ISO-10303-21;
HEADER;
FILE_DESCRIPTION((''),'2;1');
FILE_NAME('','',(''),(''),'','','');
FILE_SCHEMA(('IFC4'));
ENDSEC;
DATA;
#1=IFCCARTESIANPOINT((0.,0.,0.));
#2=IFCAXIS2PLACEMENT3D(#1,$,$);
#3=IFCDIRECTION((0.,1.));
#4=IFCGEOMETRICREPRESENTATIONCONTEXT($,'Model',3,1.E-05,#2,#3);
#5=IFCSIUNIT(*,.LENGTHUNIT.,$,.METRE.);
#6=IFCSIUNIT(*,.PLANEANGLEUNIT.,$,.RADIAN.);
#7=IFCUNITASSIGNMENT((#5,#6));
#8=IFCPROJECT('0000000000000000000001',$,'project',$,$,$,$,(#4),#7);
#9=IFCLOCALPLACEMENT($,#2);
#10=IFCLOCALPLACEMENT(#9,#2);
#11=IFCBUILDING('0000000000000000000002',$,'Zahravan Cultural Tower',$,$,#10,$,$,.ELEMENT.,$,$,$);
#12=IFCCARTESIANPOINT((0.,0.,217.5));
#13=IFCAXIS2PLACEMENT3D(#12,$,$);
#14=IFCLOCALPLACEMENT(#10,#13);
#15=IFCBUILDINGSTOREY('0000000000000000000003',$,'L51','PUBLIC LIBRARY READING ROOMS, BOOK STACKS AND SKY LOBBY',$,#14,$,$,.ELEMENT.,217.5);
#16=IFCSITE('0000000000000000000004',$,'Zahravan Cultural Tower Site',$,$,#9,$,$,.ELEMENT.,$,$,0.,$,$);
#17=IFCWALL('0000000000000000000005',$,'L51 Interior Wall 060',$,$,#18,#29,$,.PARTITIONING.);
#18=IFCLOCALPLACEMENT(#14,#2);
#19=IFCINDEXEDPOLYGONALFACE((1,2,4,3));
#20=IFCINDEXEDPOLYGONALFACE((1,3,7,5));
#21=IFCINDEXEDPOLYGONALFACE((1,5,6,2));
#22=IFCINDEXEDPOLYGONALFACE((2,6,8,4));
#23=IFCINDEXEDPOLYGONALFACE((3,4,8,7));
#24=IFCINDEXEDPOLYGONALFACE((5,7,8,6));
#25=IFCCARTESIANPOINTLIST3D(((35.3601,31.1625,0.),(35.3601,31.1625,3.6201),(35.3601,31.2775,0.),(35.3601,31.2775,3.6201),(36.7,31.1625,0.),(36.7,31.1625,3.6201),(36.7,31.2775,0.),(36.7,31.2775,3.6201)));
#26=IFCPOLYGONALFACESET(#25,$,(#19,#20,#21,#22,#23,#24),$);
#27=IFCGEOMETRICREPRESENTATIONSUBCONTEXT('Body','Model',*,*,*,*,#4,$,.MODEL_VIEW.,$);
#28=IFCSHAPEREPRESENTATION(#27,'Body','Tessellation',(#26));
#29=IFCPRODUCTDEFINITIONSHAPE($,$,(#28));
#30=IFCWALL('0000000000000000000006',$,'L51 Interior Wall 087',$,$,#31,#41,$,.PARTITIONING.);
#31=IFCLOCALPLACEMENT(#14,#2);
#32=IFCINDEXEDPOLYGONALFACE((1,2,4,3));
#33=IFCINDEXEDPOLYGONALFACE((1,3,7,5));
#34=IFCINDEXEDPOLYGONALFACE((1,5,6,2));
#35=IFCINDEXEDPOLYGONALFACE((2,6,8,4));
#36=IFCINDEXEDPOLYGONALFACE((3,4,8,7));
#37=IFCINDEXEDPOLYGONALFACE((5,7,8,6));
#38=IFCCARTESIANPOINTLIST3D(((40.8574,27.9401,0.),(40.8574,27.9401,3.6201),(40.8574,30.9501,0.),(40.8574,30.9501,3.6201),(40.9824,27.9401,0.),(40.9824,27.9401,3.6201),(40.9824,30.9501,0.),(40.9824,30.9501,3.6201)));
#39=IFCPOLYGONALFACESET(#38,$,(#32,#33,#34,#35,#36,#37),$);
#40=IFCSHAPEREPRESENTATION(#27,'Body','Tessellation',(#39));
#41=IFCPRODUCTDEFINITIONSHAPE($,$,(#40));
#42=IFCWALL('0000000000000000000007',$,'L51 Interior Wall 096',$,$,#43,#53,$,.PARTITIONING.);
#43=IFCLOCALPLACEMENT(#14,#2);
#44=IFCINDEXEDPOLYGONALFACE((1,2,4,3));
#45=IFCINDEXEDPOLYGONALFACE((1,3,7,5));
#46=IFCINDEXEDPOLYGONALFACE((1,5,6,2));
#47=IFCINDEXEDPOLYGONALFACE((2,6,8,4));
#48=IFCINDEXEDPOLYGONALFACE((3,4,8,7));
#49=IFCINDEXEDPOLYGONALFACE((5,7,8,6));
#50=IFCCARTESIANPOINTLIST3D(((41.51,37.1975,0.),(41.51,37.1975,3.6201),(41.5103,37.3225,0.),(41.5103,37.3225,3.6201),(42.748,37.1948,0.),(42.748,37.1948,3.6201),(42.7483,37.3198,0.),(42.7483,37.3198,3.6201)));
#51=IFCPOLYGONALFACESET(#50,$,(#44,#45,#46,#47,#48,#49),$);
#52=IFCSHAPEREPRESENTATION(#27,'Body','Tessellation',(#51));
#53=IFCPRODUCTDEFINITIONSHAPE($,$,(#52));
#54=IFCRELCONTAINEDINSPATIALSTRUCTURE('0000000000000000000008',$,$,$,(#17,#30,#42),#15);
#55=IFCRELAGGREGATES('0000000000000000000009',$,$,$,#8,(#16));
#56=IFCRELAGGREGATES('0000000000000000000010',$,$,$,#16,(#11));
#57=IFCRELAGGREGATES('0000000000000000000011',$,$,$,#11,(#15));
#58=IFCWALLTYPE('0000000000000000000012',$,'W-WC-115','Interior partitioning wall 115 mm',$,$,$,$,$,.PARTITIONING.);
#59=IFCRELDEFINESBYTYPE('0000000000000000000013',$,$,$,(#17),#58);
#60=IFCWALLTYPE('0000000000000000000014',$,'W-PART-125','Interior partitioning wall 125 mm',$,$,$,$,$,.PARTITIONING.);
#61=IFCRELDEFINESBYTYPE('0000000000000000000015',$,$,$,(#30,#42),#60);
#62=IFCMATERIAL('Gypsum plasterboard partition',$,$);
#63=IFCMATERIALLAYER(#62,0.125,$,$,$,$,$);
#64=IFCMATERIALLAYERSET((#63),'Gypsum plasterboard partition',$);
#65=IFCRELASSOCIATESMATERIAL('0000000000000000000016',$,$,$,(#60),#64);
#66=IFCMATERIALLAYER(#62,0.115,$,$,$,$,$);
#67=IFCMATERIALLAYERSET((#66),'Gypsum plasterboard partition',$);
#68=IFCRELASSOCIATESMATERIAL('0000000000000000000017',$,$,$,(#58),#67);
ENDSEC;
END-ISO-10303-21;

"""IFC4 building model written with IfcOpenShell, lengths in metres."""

from ifc_helpers import new_model, si_unit, direction, frame, frame_2d, origin, place, context, subcontext, project, spatial, rectangle, extrude, source, transform, mapped, material, layer, layer_set, type_object, element, save


model = new_model("IFC4")

# Units and contexts
model_context = context("Model", 3, precision=1e-05, world=origin(), true_north=direction((0.0, 1.0)))
body_context = subcontext(model_context, "Body", "Model", "MODEL_VIEW")
ifc_project = project(units=[si_unit("LENGTHUNIT", "METRE"), si_unit("PLANEANGLEUNIT", "RADIAN")], contexts=[model_context])

# Site, building, storey
site_placement = place(None, origin())
site = spatial("IfcSite", under=ifc_project, at=site_placement, Name="Zahravan Cultural Tower Site", CompositionType="ELEMENT", RefElevation=0.0)
building_placement = place(site_placement, origin())
building = spatial("IfcBuilding", under=site, at=building_placement, Name="Zahravan Cultural Tower", CompositionType="ELEMENT")
storey_placement = place(building_placement, frame((0.0, 0.0, 217.5)))
storey = spatial("IfcBuildingStorey", under=building, at=storey_placement, Name="L51", Description="PUBLIC LIBRARY READING ROOMS, BOOK STACKS AND SKY LOBBY", CompositionType="ELEMENT", Elevation=217.5)

# Shared definitions
ifc_material_1 = material(Name="Gypsum plasterboard partition")
ifc_layer_1 = layer(ifc_material_1, 0.125)
ifc_layer_set_1 = layer_set([ifc_layer_1], Name="Gypsum plasterboard partition")
wall_type_1 = type_object("IfcWallType", Name="W-PART-125", Description="Interior partitioning wall 125 mm", PredefinedType="PARTITIONING", material=ifc_layer_set_1)
ifc_layer_2 = layer(ifc_material_1, 0.115)
ifc_layer_set_2 = layer_set([ifc_layer_2], Name="Gypsum plasterboard partition")
wall_type_2 = type_object("IfcWallType", Name="W-WC-115", Description="Interior partitioning wall 115 mm", PredefinedType="PARTITIONING", material=ifc_layer_set_2)

# Walls
shared_shape_1 = source(origin(), body_context, "Body", "SweptSolid", [
    extrude(rectangle(XDim=1.3398, YDim=0.115, at=frame_2d((0.6699, 0.0))), origin(), (0.0, 0.0, 1.0), 3.6201),
])
wall_1_placement = place(storey_placement, frame((36.7, 31.22, 0.0), z_axis=(0.0, 0.0, 1.0), x_axis=(-1.0, 0.0, 0.0)))
element("IfcWall", 1, at=wall_1_placement, inside=storey, type_object=wall_type_2, Name="L51 Interior Wall 060", PredefinedType="PARTITIONING", context=body_context, shape_type="MappedRepresentation", body=[
    mapped(shared_shape_1, transform((0.0, 0.0, 0.0), x_axis=(1.0, 0.0, 0.0), y_axis=(0.0, 1.0, 0.0), z_axis=(0.0, 0.0, 1.0), scale=1.0)),
])
shared_shape_2 = source(origin(), body_context, "Body", "SweptSolid", [
    extrude(rectangle(XDim=3.01, YDim=0.125, at=frame_2d((1.5049, 0.0))), origin(), (0.0, 0.0, 1.0), 3.6201),
])
wall_2_placement = place(storey_placement, frame((40.9199, 30.95, 0.0), z_axis=(0.0, 0.0, 1.0), x_axis=(0.0, -1.0, 0.0)))
element("IfcWall", 2, at=wall_2_placement, inside=storey, type_object=wall_type_1, Name="L51 Interior Wall 087", PredefinedType="PARTITIONING", context=body_context, shape_type="MappedRepresentation", body=[
    mapped(shared_shape_2, transform((0.0, 0.0, 0.0), x_axis=(1.0, 0.0, 0.0), y_axis=(0.0, 1.0, 0.0), z_axis=(0.0, 0.0, 1.0), scale=1.0)),
])
shared_shape_3 = source(origin(), body_context, "Body", "SweptSolid", [
    extrude(rectangle(XDim=1.238, YDim=0.125, at=frame_2d((0.6191, 0.0))), origin(), (0.0, 0.0, 1.0), 3.6201),
])
wall_3_placement = place(storey_placement, frame((42.7483, 37.2573, 0.0), z_axis=(0.0, 0.0, 1.0), x_axis=(-0.999998, 0.002169, 0.0)))
element("IfcWall", 3, at=wall_3_placement, inside=storey, type_object=wall_type_1, Name="L51 Interior Wall 096", PredefinedType="PARTITIONING", context=body_context, shape_type="MappedRepresentation", body=[
    mapped(shared_shape_3, transform((0.0, 0.0, 0.0), x_axis=(1.0, 0.0, 0.0), y_axis=(0.0, 1.0, 0.0), z_axis=(0.0, 0.0, 1.0), scale=1.0)),
])

save(model, "model.ifc")
